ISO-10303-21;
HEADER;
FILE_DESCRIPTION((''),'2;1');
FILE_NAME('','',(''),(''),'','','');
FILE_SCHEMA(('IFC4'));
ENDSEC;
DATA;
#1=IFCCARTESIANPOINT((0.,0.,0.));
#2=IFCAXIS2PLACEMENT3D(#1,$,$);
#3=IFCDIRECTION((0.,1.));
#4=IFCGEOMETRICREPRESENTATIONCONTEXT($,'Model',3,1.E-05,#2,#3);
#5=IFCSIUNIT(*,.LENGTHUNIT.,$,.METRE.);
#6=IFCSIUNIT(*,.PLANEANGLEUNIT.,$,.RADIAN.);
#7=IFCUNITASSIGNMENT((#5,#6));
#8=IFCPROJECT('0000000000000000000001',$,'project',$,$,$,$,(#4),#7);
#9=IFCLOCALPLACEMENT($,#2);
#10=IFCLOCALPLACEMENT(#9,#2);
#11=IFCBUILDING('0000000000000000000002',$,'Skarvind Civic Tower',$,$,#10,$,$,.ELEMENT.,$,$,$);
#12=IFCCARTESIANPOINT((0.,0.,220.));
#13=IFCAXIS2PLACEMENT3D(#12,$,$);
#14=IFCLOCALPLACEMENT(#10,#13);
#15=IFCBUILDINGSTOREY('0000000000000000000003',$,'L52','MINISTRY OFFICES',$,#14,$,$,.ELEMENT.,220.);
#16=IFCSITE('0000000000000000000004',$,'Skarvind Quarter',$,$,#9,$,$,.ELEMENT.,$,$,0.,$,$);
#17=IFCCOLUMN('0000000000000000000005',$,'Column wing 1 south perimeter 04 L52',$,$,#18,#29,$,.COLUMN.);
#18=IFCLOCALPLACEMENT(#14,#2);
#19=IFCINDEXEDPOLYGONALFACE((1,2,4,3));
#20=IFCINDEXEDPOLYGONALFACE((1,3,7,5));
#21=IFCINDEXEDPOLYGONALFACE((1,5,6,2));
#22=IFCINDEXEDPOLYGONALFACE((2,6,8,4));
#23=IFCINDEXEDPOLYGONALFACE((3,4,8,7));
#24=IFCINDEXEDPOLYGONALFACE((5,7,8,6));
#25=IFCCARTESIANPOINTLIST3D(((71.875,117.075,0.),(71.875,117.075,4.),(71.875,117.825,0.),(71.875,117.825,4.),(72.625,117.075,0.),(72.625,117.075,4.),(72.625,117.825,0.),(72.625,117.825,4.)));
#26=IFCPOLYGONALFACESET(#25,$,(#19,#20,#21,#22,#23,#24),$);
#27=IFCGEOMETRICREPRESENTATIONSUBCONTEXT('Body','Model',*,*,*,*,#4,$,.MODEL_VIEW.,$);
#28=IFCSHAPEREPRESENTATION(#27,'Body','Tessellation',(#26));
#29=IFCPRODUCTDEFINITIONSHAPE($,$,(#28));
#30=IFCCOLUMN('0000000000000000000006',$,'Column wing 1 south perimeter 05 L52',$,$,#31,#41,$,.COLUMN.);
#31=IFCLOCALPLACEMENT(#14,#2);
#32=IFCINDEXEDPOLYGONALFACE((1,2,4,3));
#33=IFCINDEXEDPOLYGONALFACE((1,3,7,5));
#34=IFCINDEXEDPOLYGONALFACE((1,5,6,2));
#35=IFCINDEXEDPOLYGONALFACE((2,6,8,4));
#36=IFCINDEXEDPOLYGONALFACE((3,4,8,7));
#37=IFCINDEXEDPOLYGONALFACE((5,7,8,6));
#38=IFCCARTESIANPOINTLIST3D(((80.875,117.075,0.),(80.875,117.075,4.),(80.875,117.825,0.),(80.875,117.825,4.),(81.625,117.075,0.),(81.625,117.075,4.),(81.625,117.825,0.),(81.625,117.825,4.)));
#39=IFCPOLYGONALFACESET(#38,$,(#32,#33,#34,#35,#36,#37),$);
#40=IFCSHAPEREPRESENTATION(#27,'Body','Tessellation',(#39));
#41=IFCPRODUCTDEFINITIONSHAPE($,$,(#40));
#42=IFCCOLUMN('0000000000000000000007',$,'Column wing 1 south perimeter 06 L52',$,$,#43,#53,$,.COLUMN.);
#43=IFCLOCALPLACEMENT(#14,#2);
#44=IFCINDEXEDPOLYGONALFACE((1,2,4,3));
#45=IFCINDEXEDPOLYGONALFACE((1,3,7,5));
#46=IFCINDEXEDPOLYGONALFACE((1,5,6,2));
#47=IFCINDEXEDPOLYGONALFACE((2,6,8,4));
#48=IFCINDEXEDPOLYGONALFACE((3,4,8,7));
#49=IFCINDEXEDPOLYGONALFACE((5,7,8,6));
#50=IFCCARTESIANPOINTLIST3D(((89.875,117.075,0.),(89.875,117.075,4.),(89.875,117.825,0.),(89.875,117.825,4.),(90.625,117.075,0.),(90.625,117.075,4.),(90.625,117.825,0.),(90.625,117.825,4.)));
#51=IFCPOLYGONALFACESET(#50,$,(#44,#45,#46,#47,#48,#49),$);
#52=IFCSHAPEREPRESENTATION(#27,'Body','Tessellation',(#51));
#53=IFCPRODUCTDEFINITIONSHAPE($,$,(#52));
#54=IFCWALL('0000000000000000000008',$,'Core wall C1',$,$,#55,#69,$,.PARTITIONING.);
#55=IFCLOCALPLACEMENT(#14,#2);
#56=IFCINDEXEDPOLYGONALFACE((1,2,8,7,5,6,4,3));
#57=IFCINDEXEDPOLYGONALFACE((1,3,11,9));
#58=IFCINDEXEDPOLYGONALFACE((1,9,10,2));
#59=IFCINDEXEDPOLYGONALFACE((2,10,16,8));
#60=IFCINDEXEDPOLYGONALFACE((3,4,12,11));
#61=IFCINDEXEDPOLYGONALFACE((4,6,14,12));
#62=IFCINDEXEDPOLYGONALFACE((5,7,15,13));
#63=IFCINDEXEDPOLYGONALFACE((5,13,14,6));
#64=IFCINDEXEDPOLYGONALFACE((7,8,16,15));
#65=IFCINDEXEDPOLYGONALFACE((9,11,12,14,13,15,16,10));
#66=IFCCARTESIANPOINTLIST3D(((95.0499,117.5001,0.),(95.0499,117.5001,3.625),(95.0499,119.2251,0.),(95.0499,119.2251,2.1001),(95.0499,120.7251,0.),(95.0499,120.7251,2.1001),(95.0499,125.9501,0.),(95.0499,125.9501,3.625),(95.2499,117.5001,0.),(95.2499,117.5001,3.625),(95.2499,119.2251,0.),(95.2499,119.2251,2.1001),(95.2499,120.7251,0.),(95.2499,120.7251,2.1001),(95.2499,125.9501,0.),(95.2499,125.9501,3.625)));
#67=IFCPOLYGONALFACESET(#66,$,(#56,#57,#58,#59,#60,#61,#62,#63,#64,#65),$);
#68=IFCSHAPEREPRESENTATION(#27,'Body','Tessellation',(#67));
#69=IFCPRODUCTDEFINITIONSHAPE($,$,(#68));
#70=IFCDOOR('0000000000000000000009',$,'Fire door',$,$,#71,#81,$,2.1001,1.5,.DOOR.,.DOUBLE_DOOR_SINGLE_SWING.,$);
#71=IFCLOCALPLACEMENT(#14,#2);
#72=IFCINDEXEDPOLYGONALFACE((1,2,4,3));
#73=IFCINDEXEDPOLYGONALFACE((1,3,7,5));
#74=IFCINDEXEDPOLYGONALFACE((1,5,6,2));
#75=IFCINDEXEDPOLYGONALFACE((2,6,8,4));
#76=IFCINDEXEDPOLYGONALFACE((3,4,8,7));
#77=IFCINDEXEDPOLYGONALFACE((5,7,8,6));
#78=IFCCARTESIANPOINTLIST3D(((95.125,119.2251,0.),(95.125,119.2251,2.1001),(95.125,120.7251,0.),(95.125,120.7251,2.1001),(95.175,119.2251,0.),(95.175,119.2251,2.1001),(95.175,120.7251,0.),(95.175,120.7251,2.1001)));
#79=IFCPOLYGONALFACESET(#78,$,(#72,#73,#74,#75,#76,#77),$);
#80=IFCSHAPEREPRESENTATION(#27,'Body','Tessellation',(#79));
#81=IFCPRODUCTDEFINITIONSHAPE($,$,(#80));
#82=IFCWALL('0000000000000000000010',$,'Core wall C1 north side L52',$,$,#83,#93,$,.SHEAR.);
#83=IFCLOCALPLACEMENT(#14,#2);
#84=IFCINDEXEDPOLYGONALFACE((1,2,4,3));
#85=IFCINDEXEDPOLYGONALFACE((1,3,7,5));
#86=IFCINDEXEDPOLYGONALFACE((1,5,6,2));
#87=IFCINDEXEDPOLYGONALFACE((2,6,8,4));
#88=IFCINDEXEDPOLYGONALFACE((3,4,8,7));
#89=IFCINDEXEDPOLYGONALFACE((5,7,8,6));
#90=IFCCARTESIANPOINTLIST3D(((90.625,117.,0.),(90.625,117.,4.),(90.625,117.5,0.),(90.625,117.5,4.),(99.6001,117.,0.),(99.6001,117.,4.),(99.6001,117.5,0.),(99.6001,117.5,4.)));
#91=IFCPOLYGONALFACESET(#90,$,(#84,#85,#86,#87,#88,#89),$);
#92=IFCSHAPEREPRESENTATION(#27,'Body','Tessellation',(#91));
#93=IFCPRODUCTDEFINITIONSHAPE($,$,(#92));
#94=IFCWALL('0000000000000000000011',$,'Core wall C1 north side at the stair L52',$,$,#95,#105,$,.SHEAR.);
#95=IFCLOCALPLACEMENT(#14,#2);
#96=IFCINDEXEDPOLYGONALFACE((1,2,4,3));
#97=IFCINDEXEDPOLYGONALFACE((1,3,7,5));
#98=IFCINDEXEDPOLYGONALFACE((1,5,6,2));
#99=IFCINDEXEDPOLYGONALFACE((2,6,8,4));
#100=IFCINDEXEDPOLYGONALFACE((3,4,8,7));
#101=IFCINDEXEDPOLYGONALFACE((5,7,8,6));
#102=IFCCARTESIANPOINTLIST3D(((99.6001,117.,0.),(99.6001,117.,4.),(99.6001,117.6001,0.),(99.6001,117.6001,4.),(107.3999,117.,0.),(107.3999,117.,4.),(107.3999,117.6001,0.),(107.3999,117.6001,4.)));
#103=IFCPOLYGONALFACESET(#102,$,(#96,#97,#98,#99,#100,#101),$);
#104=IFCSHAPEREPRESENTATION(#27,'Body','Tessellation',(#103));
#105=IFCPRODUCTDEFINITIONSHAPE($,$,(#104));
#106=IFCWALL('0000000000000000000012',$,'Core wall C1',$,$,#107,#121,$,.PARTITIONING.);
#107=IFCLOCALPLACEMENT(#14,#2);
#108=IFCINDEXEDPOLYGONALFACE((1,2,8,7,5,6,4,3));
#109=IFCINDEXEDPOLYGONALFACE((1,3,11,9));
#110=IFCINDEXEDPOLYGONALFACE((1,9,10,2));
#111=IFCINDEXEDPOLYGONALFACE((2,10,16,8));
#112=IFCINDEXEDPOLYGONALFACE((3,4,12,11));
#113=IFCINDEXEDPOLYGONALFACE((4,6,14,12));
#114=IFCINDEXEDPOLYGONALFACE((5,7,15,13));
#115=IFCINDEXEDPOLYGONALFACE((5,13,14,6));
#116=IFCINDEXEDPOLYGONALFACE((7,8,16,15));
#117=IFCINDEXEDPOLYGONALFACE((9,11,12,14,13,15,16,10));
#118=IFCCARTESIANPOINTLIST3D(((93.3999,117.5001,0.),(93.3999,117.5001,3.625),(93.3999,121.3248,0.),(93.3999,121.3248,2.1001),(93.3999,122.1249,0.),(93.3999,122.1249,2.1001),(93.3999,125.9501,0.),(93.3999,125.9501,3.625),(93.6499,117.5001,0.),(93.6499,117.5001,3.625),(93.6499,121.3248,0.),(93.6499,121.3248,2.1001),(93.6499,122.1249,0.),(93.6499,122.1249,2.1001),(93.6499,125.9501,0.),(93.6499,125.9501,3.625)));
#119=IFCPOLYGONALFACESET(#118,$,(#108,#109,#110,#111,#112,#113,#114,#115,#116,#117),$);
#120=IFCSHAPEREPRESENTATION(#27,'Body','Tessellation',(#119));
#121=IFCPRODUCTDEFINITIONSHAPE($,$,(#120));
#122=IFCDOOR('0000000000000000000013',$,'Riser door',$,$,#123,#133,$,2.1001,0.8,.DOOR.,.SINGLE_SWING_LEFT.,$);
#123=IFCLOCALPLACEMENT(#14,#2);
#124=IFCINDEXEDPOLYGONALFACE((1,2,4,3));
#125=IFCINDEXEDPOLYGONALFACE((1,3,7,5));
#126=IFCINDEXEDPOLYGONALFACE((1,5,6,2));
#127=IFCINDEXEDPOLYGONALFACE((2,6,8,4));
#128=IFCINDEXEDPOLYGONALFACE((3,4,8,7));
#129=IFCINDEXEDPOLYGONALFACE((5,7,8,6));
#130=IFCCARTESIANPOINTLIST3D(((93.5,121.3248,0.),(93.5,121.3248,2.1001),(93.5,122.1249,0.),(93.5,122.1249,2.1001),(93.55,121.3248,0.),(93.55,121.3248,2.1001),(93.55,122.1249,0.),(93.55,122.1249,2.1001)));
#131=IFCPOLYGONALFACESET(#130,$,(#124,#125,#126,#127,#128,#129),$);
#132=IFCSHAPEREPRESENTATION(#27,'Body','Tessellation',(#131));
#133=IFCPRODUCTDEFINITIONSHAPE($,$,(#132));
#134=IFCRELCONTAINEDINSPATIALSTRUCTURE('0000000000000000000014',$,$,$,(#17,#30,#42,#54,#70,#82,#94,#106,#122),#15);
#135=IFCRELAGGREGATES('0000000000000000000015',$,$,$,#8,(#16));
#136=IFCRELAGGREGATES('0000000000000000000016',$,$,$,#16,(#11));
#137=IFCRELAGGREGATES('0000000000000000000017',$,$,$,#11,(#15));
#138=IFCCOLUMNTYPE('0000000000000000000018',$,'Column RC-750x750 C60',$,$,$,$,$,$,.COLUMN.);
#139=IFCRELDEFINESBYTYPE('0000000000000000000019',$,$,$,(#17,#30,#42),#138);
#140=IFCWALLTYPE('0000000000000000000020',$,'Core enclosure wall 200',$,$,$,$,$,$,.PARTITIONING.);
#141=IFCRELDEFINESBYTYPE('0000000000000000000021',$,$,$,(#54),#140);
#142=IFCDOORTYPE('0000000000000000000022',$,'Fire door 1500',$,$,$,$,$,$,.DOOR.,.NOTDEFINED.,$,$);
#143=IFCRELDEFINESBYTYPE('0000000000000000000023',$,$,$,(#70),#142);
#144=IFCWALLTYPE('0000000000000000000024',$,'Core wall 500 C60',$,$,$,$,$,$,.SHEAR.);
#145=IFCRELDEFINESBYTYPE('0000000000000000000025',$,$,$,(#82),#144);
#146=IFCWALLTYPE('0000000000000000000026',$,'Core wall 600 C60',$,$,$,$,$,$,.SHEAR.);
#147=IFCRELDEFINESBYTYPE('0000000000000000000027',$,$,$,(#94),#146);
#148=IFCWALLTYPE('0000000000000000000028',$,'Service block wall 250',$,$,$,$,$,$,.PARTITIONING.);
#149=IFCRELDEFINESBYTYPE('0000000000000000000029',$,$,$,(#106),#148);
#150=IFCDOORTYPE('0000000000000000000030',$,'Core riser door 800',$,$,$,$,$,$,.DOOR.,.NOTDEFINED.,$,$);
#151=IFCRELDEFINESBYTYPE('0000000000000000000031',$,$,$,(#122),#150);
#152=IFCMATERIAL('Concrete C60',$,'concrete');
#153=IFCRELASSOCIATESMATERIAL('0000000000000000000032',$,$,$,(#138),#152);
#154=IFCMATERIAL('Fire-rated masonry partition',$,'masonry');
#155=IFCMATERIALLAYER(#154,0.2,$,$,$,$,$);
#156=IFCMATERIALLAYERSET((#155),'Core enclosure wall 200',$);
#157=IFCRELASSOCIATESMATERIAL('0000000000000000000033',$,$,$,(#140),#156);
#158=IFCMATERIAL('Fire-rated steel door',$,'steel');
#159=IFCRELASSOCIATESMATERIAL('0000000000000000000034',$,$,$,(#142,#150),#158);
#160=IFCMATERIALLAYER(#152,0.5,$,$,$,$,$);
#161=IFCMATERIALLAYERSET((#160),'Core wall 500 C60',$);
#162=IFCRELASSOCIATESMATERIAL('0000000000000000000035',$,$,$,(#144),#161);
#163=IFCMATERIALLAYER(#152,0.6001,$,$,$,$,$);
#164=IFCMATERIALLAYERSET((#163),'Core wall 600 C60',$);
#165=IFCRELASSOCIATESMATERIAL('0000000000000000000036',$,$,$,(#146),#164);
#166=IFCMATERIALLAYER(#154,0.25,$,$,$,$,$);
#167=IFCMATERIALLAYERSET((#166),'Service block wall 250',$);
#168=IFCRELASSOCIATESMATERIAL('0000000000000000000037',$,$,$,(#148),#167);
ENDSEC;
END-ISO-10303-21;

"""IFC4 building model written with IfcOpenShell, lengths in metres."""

from ifc_helpers import new_model, si_unit, direction, frame, frame_2d, origin, origin_2d, place, context, subcontext, project, spatial, rectangle, extrude, material, layer, layer_set, material_profile, profile_set, type_object, element, fill, save


model = new_model("IFC4")

# Units and contexts
model_context = context("Model", 3, precision=1e-05, world=origin(), true_north=direction((0.0, 1.0)))
body_context = subcontext(model_context, "Body", "Model", "MODEL_VIEW")
ifc_project = project(units=[si_unit("LENGTHUNIT", "METRE"), si_unit("PLANEANGLEUNIT", "RADIAN")], contexts=[model_context])

# Site, building, storey
site_placement = place(None, origin())
site = spatial("IfcSite", under=ifc_project, at=site_placement, Name="Skarvind Quarter", CompositionType="ELEMENT", RefElevation=0.0)
building_placement = place(site_placement, origin())
building = spatial("IfcBuilding", under=site, at=building_placement, Name="Skarvind Civic Tower", CompositionType="ELEMENT")
storey_placement = place(building_placement, frame((0.0, 0.0, 220.0)))
storey = spatial("IfcBuildingStorey", under=building, at=storey_placement, Name="L52", Description="MINISTRY OFFICES", CompositionType="ELEMENT", Elevation=220.0)

# Columns
ifc_material_1 = material(Name="Concrete C60", Category="concrete")
ifc_material_profile_1 = material_profile(ifc_material_1, rectangle(XDim=0.75, YDim=0.75, at=origin_2d()), Name="RC-750x750")
ifc_profile_set_1 = profile_set([ifc_material_profile_1], Name="Concrete C60")
column_type = type_object("IfcColumnType", Name="Column RC-750x750 C60", PredefinedType="COLUMN", material=ifc_profile_set_1)
for number, where, z_axis, x_axis, name in (
    (1, (72.25, 117.45, 0.0), (0.0, 0.0, 1.0), (1.0, 0.0, 0.0), "Column wing 1 south perimeter 04 L52"),
    (2, (81.25, 117.45, 0.0), (0.0, 0.0, 1.0), (1.0, 0.0, 0.0), "Column wing 1 south perimeter 05 L52"),
    (3, (90.25, 117.45, 0.0), (0.0, 0.0, 1.0), (1.0, 0.0, 0.0), "Column wing 1 south perimeter 06 L52"),
):
    element("IfcColumn", number, at=place(storey_placement, frame(where, z_axis=z_axis, x_axis=x_axis)), inside=storey, type_object=column_type, Name=name, PredefinedType="COLUMN", context=body_context, shape_type="SweptSolid", body=[
        extrude(rectangle(XDim=0.75, YDim=0.75, at=origin_2d()), origin(), (0.0, 0.0, 1.0), 4.0),
    ])

# Wall, opening, door
ifc_material_2 = material(Name="Fire-rated masonry partition", Category="masonry")
ifc_layer_1 = layer(ifc_material_2, 0.2)
ifc_layer_set_1 = layer_set([ifc_layer_1], Name="Core enclosure wall 200")
wall_type_1 = type_object("IfcWallType", Name="Core enclosure wall 200", PredefinedType="PARTITIONING", material=ifc_layer_set_1)
wall_1_placement = place(storey_placement, frame((95.1499, 117.5, 0.0), z_axis=(0.0, 0.0, 1.0), x_axis=(0.0, 1.0, 0.0)))
wall_1 = element("IfcWall", 4, at=wall_1_placement, inside=storey, type_object=wall_type_1, Name="Core wall C1", PredefinedType="PARTITIONING", context=body_context, shape_type="SweptSolid", body=[
    extrude(rectangle(XDim=8.45, YDim=0.2, at=frame_2d((4.2251, 0.0))), origin(), (0.0, 0.0, 1.0), 3.625),
])
opening_1_placement = place(wall_1_placement, frame((1.7251, 0.0, 0.0)))
opening_1 = element("IfcOpeningElement", 5, at=opening_1_placement, cuts=wall_1, PredefinedType="OPENING", context=body_context, shape_type="SweptSolid", body=[
    extrude(rectangle(XDim=1.5, YDim=2.1001, at=frame_2d((0.75, 1.05))), frame((0.0, 0.1099, 0.0), z_axis=(0.0, -1.0, 0.0), x_axis=(1.0, 0.0, 0.0)), (0.0, 0.0, 1.0), 0.22),
])
ifc_material_3 = material(Name="Fire-rated steel door", Category="steel")
door_type_1 = type_object("IfcDoorType", Name="Fire door 1500", OperationType="NOTDEFINED", PredefinedType="DOOR", material=ifc_material_3)
door_1_placement = place(opening_1_placement, origin())
door_1 = element("IfcDoor", 6, at=door_1_placement, inside=storey, type_object=door_type_1, Name="Fire door", OperationType="DOUBLE_DOOR_SINGLE_SWING", OverallHeight=2.1001, OverallWidth=1.5, PredefinedType="DOOR", context=body_context, shape_type="SweptSolid", body=[
    extrude(rectangle(XDim=1.5, YDim=2.1001, at=frame_2d((0.75, 1.05))), frame((0.0, 0.0249, 0.0), z_axis=(0.0, -1.0, 0.0), x_axis=(1.0, 0.0, 0.0)), (0.0, 0.0, 1.0), 0.05),
])
fill(opening_1, door_1)

# Walls
ifc_layer_2 = layer(ifc_material_1, 0.5)
ifc_layer_set_2 = layer_set([ifc_layer_2], Name="Core wall 500 C60")
wall_type_2 = type_object("IfcWallType", Name="Core wall 500 C60", PredefinedType="SHEAR", material=ifc_layer_set_2)
wall_2_placement = place(storey_placement, frame((99.6001, 117.25, 0.0), z_axis=(0.0, 0.0, 1.0), x_axis=(-1.0, 0.0, 0.0)))
element("IfcWall", 7, at=wall_2_placement, inside=storey, type_object=wall_type_2, Name="Core wall C1 north side L52", PredefinedType="SHEAR", context=body_context, shape_type="SweptSolid", body=[
    extrude(rectangle(XDim=8.9751, YDim=0.5, at=frame_2d((4.4875, 0.0))), origin(), (0.0, 0.0, 1.0), 4.0),
])
ifc_layer_3 = layer(ifc_material_1, 0.6001)
ifc_layer_set_3 = layer_set([ifc_layer_3], Name="Core wall 600 C60")
wall_type_3 = type_object("IfcWallType", Name="Core wall 600 C60", PredefinedType="SHEAR", material=ifc_layer_set_3)
wall_3_placement = place(storey_placement, frame((107.3999, 117.3, 0.0), z_axis=(0.0, 0.0, 1.0), x_axis=(-1.0, 0.0, 0.0)))
element("IfcWall", 8, at=wall_3_placement, inside=storey, type_object=wall_type_3, Name="Core wall C1 north side at the stair L52", PredefinedType="SHEAR", context=body_context, shape_type="SweptSolid", body=[
    extrude(rectangle(XDim=7.7998, YDim=0.6001, at=frame_2d((3.8999, 0.0))), origin(), (0.0, 0.0, 1.0), 4.0),
])

# Wall, opening, door
ifc_layer_4 = layer(ifc_material_2, 0.25)
ifc_layer_set_4 = layer_set([ifc_layer_4], Name="Service block wall 250")
wall_type_4 = type_object("IfcWallType", Name="Service block wall 250", PredefinedType="PARTITIONING", material=ifc_layer_set_4)
wall_4_placement = place(storey_placement, frame((93.5249, 117.5, 0.0), z_axis=(0.0, 0.0, 1.0), x_axis=(0.0, 1.0, 0.0)))
wall_4 = element("IfcWall", 9, at=wall_4_placement, inside=storey, type_object=wall_type_4, Name="Core wall C1", PredefinedType="PARTITIONING", context=body_context, shape_type="SweptSolid", body=[
    extrude(rectangle(XDim=8.45, YDim=0.25, at=frame_2d((4.2251, 0.0))), origin(), (0.0, 0.0, 1.0), 3.625),
])
opening_2_placement = place(wall_4_placement, frame((3.825, 0.0, 0.0)))
opening_2 = element("IfcOpeningElement", 10, at=opening_2_placement, cuts=wall_4, PredefinedType="OPENING", context=body_context, shape_type="SweptSolid", body=[
    extrude(rectangle(XDim=0.8, YDim=2.1001, at=frame_2d((0.3999, 1.05))), frame((0.0, 0.135, 0.0), z_axis=(0.0, -1.0, 0.0), x_axis=(1.0, 0.0, 0.0)), (0.0, 0.0, 1.0), 0.27),
])
door_type_2 = type_object("IfcDoorType", Name="Core riser door 800", OperationType="NOTDEFINED", PredefinedType="DOOR", material=ifc_material_3)
door_2_placement = place(opening_2_placement, origin())
door_2 = element("IfcDoor", 11, at=door_2_placement, inside=storey, type_object=door_type_2, Name="Riser door", OperationType="SINGLE_SWING_LEFT", OverallHeight=2.1001, OverallWidth=0.8, PredefinedType="DOOR", context=body_context, shape_type="SweptSolid", body=[
    extrude(rectangle(XDim=0.8, YDim=2.1001, at=frame_2d((0.3999, 1.05))), frame((0.0, 0.0249, 0.0), z_axis=(0.0, -1.0, 0.0), x_axis=(1.0, 0.0, 0.0)), (0.0, 0.0, 1.0), 0.05),
])
fill(opening_2, door_2)

save(model, "model.ifc")
